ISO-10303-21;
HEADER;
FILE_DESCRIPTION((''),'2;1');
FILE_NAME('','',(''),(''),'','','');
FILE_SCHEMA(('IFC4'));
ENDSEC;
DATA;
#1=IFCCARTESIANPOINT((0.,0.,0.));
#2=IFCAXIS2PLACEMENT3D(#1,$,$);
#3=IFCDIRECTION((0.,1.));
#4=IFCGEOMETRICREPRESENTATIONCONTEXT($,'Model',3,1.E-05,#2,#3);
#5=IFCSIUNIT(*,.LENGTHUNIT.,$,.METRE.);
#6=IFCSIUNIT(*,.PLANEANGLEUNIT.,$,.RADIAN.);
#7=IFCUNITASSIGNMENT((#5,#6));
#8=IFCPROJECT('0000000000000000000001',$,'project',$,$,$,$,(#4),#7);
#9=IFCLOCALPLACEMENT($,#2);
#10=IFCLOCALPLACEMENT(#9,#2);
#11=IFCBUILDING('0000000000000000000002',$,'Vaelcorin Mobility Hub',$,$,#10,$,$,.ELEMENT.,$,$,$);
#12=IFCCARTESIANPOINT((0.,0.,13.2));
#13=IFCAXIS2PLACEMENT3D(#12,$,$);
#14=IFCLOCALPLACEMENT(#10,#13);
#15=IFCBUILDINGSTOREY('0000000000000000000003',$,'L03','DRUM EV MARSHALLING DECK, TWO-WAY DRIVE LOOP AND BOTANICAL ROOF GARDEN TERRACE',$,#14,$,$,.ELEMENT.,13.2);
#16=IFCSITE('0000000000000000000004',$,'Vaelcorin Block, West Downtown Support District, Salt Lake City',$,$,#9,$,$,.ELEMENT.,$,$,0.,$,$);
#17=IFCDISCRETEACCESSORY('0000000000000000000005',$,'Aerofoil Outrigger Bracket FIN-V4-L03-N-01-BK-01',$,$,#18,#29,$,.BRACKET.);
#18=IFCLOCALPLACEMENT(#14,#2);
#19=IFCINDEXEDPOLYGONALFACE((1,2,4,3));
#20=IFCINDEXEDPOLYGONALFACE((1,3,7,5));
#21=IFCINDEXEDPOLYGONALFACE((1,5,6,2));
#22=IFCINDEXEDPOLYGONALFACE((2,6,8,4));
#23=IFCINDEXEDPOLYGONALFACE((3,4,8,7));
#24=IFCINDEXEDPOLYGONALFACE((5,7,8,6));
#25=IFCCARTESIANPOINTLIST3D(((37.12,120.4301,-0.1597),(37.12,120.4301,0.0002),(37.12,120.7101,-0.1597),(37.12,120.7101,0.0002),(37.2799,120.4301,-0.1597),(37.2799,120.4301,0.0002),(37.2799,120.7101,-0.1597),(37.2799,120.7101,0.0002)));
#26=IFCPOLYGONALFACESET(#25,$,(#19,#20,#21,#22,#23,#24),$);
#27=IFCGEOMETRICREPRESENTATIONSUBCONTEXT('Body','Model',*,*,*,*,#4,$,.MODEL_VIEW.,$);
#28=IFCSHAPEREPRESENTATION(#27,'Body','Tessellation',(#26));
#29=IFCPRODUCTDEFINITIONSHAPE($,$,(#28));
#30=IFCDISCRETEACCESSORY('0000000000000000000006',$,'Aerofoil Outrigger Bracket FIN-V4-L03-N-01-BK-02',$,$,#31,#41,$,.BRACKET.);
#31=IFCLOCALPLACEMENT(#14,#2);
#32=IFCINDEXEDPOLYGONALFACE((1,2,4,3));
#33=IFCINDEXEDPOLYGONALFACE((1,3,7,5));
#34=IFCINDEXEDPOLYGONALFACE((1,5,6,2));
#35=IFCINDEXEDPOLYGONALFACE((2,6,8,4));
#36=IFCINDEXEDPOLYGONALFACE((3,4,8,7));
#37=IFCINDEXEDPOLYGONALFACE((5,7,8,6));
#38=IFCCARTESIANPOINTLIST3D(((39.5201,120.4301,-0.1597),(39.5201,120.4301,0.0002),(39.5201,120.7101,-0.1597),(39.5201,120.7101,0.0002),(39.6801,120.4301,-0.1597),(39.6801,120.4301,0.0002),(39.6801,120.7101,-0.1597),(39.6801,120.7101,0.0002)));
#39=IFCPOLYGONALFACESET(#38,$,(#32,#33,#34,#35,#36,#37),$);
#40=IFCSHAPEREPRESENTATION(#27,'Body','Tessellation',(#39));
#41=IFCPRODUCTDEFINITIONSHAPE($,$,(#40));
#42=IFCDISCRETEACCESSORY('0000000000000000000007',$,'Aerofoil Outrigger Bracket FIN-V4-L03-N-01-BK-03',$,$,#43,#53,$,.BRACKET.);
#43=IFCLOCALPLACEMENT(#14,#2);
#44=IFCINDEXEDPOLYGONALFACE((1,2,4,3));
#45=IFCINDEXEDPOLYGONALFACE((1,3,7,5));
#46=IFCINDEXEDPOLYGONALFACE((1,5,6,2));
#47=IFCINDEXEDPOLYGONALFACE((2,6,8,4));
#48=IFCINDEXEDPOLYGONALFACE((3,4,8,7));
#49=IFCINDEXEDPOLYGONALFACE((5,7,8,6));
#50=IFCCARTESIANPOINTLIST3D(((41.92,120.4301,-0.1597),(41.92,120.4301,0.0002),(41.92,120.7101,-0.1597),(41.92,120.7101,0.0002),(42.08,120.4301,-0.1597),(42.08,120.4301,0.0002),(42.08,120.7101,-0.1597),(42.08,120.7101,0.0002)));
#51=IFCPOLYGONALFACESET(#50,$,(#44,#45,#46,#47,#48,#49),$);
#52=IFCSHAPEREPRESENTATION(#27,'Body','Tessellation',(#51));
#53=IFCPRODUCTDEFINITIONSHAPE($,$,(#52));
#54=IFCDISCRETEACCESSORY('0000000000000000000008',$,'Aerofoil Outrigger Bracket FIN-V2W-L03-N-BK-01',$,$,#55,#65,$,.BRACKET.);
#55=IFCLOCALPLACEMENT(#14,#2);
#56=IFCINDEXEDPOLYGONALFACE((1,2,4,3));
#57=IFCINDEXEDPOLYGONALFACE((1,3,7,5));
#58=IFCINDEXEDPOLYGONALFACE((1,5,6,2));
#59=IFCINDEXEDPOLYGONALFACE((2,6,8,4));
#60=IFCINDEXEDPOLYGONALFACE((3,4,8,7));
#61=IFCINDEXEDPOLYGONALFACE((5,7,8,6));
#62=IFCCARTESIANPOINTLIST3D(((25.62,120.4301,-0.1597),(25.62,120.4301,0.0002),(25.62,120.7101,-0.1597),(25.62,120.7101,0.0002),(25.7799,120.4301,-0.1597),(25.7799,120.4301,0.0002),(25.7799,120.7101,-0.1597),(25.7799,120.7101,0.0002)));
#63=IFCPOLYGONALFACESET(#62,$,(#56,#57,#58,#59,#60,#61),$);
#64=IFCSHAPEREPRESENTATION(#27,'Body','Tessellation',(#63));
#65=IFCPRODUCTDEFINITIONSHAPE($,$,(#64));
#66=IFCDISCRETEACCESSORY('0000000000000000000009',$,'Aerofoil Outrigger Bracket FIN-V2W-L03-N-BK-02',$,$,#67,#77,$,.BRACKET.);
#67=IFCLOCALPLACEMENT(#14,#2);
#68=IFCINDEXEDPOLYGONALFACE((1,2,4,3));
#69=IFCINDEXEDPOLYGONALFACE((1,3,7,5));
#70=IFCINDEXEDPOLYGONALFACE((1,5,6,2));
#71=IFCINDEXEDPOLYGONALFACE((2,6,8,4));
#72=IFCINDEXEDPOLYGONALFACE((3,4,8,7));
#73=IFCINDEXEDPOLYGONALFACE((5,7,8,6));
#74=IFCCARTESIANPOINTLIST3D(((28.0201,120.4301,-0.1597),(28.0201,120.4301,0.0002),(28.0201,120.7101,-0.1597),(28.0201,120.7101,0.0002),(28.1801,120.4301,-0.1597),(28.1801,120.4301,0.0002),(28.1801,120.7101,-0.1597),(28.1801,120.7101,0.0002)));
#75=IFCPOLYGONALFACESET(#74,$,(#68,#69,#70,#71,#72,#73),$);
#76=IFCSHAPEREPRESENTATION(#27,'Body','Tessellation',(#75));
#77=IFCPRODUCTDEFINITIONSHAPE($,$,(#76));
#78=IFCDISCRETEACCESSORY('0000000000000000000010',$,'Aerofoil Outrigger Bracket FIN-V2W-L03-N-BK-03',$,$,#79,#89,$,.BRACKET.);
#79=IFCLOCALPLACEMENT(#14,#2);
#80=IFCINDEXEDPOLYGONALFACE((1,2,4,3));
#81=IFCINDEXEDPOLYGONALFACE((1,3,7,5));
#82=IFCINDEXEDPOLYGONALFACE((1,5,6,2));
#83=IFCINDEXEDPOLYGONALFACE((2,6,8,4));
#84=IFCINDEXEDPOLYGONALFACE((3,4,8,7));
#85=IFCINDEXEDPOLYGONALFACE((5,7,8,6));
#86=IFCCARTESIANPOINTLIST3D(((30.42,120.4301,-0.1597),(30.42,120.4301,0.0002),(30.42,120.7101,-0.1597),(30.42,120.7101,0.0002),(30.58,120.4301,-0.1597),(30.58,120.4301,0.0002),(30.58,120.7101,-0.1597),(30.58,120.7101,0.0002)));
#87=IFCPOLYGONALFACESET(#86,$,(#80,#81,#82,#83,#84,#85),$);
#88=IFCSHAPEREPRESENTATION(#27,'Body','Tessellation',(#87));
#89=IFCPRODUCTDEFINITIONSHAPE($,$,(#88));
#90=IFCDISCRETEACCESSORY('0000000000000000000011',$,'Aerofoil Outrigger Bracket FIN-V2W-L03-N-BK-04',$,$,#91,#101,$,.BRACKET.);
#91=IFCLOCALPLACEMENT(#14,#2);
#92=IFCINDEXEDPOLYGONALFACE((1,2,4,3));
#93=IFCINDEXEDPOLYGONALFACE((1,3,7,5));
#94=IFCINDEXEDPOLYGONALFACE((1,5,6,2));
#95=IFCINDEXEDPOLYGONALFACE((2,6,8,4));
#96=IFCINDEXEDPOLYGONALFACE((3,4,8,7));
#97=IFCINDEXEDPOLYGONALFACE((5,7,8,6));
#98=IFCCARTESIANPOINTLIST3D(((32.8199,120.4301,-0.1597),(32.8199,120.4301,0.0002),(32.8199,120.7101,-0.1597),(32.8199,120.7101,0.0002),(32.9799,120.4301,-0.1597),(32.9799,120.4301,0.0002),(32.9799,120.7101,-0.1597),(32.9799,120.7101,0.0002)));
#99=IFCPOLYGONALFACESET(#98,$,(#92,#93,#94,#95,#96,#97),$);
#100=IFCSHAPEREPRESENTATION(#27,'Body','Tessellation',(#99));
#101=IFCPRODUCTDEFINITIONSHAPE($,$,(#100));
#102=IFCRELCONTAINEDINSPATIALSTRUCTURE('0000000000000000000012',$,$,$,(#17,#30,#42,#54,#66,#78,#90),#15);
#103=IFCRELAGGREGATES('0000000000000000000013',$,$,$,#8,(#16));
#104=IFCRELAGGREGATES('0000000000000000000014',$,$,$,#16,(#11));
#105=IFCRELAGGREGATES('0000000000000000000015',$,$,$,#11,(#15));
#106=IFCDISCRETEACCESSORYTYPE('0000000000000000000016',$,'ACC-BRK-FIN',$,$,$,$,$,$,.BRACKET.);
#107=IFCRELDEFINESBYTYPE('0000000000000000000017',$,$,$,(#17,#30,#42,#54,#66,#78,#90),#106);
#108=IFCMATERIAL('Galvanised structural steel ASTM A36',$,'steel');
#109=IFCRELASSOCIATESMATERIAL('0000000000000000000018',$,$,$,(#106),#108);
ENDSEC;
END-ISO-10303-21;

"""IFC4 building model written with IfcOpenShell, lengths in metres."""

from ifc_helpers import new_model, si_unit, direction, frame, origin, origin_2d, place, context, subcontext, project, spatial, rectangle, extrude, material, type_object, element, save


model = new_model("IFC4")

# Units and contexts
model_context = context("Model", 3, precision=1e-05, world=origin(), true_north=direction((0.0, 1.0)))
body_context = subcontext(model_context, "Body", "Model", "MODEL_VIEW")
ifc_project = project(units=[si_unit("LENGTHUNIT", "METRE"), si_unit("PLANEANGLEUNIT", "RADIAN")], contexts=[model_context])

# Site, building, storey
site_placement = place(None, origin())
site = spatial("IfcSite", under=ifc_project, at=site_placement, Name="Vaelcorin Block, West Downtown Support District, Salt Lake City", CompositionType="ELEMENT", RefElevation=0.0)
building_placement = place(site_placement, origin())
building = spatial("IfcBuilding", under=site, at=building_placement, Name="Vaelcorin Mobility Hub", CompositionType="ELEMENT")
storey_placement = place(building_placement, frame((0.0, 0.0, 13.2)))
storey = spatial("IfcBuildingStorey", under=building, at=storey_placement, Name="L03", Description="DRUM EV MARSHALLING DECK, TWO-WAY DRIVE LOOP AND BOTANICAL ROOF GARDEN TERRACE", CompositionType="ELEMENT", Elevation=13.2)

# Shared definitions
ifc_material_1 = material(Name="Galvanised structural steel ASTM A36", Category="steel")

# Discrete accessories
discrete_accessory_type = type_object("IfcDiscreteAccessoryType", Name="ACC-BRK-FIN", PredefinedType="BRACKET", material=ifc_material_1)
for number, where, z_axis, x_axis, name in (
    (1, (37.2, 120.5701, -0.1597), (0.0, 0.0, 1.0), (0.0, 1.0, 0.0), "Aerofoil Outrigger Bracket FIN-V4-L03-N-01-BK-01"),
    (2, (39.6001, 120.5701, -0.1597), (0.0, 0.0, 1.0), (0.0, 1.0, 0.0), "Aerofoil Outrigger Bracket FIN-V4-L03-N-01-BK-02"),
    (3, (42.0, 120.5701, -0.1597), (0.0, 0.0, 1.0), (0.0, 1.0, 0.0), "Aerofoil Outrigger Bracket FIN-V4-L03-N-01-BK-03"),
    (4, (25.7, 120.5701, -0.1597), (0.0, 0.0, 1.0), (0.0, 1.0, 0.0), "Aerofoil Outrigger Bracket FIN-V2W-L03-N-BK-01"),
    (5, (28.1001, 120.5701, -0.1597), (0.0, 0.0, 1.0), (0.0, 1.0, 0.0), "Aerofoil Outrigger Bracket FIN-V2W-L03-N-BK-02"),
    (6, (30.5, 120.5701, -0.1597), (0.0, 0.0, 1.0), (0.0, 1.0, 0.0), "Aerofoil Outrigger Bracket FIN-V2W-L03-N-BK-03"),
    (7, (32.8999, 120.5701, -0.1597), (0.0, 0.0, 1.0), (0.0, 1.0, 0.0), "Aerofoil Outrigger Bracket FIN-V2W-L03-N-BK-04"),
):
    element("IfcDiscreteAccessory", number, at=place(storey_placement, frame(where, z_axis=z_axis, x_axis=x_axis)), inside=storey, type_object=discrete_accessory_type, Name=name, PredefinedType="BRACKET", context=body_context, shape_type="SweptSolid", body=[
        extrude(rectangle(XDim=0.28, YDim=0.1599, at=origin_2d()), origin(), (0.0, 0.0, 1.0), 0.1599),
    ])

save(model, "model.ifc")
